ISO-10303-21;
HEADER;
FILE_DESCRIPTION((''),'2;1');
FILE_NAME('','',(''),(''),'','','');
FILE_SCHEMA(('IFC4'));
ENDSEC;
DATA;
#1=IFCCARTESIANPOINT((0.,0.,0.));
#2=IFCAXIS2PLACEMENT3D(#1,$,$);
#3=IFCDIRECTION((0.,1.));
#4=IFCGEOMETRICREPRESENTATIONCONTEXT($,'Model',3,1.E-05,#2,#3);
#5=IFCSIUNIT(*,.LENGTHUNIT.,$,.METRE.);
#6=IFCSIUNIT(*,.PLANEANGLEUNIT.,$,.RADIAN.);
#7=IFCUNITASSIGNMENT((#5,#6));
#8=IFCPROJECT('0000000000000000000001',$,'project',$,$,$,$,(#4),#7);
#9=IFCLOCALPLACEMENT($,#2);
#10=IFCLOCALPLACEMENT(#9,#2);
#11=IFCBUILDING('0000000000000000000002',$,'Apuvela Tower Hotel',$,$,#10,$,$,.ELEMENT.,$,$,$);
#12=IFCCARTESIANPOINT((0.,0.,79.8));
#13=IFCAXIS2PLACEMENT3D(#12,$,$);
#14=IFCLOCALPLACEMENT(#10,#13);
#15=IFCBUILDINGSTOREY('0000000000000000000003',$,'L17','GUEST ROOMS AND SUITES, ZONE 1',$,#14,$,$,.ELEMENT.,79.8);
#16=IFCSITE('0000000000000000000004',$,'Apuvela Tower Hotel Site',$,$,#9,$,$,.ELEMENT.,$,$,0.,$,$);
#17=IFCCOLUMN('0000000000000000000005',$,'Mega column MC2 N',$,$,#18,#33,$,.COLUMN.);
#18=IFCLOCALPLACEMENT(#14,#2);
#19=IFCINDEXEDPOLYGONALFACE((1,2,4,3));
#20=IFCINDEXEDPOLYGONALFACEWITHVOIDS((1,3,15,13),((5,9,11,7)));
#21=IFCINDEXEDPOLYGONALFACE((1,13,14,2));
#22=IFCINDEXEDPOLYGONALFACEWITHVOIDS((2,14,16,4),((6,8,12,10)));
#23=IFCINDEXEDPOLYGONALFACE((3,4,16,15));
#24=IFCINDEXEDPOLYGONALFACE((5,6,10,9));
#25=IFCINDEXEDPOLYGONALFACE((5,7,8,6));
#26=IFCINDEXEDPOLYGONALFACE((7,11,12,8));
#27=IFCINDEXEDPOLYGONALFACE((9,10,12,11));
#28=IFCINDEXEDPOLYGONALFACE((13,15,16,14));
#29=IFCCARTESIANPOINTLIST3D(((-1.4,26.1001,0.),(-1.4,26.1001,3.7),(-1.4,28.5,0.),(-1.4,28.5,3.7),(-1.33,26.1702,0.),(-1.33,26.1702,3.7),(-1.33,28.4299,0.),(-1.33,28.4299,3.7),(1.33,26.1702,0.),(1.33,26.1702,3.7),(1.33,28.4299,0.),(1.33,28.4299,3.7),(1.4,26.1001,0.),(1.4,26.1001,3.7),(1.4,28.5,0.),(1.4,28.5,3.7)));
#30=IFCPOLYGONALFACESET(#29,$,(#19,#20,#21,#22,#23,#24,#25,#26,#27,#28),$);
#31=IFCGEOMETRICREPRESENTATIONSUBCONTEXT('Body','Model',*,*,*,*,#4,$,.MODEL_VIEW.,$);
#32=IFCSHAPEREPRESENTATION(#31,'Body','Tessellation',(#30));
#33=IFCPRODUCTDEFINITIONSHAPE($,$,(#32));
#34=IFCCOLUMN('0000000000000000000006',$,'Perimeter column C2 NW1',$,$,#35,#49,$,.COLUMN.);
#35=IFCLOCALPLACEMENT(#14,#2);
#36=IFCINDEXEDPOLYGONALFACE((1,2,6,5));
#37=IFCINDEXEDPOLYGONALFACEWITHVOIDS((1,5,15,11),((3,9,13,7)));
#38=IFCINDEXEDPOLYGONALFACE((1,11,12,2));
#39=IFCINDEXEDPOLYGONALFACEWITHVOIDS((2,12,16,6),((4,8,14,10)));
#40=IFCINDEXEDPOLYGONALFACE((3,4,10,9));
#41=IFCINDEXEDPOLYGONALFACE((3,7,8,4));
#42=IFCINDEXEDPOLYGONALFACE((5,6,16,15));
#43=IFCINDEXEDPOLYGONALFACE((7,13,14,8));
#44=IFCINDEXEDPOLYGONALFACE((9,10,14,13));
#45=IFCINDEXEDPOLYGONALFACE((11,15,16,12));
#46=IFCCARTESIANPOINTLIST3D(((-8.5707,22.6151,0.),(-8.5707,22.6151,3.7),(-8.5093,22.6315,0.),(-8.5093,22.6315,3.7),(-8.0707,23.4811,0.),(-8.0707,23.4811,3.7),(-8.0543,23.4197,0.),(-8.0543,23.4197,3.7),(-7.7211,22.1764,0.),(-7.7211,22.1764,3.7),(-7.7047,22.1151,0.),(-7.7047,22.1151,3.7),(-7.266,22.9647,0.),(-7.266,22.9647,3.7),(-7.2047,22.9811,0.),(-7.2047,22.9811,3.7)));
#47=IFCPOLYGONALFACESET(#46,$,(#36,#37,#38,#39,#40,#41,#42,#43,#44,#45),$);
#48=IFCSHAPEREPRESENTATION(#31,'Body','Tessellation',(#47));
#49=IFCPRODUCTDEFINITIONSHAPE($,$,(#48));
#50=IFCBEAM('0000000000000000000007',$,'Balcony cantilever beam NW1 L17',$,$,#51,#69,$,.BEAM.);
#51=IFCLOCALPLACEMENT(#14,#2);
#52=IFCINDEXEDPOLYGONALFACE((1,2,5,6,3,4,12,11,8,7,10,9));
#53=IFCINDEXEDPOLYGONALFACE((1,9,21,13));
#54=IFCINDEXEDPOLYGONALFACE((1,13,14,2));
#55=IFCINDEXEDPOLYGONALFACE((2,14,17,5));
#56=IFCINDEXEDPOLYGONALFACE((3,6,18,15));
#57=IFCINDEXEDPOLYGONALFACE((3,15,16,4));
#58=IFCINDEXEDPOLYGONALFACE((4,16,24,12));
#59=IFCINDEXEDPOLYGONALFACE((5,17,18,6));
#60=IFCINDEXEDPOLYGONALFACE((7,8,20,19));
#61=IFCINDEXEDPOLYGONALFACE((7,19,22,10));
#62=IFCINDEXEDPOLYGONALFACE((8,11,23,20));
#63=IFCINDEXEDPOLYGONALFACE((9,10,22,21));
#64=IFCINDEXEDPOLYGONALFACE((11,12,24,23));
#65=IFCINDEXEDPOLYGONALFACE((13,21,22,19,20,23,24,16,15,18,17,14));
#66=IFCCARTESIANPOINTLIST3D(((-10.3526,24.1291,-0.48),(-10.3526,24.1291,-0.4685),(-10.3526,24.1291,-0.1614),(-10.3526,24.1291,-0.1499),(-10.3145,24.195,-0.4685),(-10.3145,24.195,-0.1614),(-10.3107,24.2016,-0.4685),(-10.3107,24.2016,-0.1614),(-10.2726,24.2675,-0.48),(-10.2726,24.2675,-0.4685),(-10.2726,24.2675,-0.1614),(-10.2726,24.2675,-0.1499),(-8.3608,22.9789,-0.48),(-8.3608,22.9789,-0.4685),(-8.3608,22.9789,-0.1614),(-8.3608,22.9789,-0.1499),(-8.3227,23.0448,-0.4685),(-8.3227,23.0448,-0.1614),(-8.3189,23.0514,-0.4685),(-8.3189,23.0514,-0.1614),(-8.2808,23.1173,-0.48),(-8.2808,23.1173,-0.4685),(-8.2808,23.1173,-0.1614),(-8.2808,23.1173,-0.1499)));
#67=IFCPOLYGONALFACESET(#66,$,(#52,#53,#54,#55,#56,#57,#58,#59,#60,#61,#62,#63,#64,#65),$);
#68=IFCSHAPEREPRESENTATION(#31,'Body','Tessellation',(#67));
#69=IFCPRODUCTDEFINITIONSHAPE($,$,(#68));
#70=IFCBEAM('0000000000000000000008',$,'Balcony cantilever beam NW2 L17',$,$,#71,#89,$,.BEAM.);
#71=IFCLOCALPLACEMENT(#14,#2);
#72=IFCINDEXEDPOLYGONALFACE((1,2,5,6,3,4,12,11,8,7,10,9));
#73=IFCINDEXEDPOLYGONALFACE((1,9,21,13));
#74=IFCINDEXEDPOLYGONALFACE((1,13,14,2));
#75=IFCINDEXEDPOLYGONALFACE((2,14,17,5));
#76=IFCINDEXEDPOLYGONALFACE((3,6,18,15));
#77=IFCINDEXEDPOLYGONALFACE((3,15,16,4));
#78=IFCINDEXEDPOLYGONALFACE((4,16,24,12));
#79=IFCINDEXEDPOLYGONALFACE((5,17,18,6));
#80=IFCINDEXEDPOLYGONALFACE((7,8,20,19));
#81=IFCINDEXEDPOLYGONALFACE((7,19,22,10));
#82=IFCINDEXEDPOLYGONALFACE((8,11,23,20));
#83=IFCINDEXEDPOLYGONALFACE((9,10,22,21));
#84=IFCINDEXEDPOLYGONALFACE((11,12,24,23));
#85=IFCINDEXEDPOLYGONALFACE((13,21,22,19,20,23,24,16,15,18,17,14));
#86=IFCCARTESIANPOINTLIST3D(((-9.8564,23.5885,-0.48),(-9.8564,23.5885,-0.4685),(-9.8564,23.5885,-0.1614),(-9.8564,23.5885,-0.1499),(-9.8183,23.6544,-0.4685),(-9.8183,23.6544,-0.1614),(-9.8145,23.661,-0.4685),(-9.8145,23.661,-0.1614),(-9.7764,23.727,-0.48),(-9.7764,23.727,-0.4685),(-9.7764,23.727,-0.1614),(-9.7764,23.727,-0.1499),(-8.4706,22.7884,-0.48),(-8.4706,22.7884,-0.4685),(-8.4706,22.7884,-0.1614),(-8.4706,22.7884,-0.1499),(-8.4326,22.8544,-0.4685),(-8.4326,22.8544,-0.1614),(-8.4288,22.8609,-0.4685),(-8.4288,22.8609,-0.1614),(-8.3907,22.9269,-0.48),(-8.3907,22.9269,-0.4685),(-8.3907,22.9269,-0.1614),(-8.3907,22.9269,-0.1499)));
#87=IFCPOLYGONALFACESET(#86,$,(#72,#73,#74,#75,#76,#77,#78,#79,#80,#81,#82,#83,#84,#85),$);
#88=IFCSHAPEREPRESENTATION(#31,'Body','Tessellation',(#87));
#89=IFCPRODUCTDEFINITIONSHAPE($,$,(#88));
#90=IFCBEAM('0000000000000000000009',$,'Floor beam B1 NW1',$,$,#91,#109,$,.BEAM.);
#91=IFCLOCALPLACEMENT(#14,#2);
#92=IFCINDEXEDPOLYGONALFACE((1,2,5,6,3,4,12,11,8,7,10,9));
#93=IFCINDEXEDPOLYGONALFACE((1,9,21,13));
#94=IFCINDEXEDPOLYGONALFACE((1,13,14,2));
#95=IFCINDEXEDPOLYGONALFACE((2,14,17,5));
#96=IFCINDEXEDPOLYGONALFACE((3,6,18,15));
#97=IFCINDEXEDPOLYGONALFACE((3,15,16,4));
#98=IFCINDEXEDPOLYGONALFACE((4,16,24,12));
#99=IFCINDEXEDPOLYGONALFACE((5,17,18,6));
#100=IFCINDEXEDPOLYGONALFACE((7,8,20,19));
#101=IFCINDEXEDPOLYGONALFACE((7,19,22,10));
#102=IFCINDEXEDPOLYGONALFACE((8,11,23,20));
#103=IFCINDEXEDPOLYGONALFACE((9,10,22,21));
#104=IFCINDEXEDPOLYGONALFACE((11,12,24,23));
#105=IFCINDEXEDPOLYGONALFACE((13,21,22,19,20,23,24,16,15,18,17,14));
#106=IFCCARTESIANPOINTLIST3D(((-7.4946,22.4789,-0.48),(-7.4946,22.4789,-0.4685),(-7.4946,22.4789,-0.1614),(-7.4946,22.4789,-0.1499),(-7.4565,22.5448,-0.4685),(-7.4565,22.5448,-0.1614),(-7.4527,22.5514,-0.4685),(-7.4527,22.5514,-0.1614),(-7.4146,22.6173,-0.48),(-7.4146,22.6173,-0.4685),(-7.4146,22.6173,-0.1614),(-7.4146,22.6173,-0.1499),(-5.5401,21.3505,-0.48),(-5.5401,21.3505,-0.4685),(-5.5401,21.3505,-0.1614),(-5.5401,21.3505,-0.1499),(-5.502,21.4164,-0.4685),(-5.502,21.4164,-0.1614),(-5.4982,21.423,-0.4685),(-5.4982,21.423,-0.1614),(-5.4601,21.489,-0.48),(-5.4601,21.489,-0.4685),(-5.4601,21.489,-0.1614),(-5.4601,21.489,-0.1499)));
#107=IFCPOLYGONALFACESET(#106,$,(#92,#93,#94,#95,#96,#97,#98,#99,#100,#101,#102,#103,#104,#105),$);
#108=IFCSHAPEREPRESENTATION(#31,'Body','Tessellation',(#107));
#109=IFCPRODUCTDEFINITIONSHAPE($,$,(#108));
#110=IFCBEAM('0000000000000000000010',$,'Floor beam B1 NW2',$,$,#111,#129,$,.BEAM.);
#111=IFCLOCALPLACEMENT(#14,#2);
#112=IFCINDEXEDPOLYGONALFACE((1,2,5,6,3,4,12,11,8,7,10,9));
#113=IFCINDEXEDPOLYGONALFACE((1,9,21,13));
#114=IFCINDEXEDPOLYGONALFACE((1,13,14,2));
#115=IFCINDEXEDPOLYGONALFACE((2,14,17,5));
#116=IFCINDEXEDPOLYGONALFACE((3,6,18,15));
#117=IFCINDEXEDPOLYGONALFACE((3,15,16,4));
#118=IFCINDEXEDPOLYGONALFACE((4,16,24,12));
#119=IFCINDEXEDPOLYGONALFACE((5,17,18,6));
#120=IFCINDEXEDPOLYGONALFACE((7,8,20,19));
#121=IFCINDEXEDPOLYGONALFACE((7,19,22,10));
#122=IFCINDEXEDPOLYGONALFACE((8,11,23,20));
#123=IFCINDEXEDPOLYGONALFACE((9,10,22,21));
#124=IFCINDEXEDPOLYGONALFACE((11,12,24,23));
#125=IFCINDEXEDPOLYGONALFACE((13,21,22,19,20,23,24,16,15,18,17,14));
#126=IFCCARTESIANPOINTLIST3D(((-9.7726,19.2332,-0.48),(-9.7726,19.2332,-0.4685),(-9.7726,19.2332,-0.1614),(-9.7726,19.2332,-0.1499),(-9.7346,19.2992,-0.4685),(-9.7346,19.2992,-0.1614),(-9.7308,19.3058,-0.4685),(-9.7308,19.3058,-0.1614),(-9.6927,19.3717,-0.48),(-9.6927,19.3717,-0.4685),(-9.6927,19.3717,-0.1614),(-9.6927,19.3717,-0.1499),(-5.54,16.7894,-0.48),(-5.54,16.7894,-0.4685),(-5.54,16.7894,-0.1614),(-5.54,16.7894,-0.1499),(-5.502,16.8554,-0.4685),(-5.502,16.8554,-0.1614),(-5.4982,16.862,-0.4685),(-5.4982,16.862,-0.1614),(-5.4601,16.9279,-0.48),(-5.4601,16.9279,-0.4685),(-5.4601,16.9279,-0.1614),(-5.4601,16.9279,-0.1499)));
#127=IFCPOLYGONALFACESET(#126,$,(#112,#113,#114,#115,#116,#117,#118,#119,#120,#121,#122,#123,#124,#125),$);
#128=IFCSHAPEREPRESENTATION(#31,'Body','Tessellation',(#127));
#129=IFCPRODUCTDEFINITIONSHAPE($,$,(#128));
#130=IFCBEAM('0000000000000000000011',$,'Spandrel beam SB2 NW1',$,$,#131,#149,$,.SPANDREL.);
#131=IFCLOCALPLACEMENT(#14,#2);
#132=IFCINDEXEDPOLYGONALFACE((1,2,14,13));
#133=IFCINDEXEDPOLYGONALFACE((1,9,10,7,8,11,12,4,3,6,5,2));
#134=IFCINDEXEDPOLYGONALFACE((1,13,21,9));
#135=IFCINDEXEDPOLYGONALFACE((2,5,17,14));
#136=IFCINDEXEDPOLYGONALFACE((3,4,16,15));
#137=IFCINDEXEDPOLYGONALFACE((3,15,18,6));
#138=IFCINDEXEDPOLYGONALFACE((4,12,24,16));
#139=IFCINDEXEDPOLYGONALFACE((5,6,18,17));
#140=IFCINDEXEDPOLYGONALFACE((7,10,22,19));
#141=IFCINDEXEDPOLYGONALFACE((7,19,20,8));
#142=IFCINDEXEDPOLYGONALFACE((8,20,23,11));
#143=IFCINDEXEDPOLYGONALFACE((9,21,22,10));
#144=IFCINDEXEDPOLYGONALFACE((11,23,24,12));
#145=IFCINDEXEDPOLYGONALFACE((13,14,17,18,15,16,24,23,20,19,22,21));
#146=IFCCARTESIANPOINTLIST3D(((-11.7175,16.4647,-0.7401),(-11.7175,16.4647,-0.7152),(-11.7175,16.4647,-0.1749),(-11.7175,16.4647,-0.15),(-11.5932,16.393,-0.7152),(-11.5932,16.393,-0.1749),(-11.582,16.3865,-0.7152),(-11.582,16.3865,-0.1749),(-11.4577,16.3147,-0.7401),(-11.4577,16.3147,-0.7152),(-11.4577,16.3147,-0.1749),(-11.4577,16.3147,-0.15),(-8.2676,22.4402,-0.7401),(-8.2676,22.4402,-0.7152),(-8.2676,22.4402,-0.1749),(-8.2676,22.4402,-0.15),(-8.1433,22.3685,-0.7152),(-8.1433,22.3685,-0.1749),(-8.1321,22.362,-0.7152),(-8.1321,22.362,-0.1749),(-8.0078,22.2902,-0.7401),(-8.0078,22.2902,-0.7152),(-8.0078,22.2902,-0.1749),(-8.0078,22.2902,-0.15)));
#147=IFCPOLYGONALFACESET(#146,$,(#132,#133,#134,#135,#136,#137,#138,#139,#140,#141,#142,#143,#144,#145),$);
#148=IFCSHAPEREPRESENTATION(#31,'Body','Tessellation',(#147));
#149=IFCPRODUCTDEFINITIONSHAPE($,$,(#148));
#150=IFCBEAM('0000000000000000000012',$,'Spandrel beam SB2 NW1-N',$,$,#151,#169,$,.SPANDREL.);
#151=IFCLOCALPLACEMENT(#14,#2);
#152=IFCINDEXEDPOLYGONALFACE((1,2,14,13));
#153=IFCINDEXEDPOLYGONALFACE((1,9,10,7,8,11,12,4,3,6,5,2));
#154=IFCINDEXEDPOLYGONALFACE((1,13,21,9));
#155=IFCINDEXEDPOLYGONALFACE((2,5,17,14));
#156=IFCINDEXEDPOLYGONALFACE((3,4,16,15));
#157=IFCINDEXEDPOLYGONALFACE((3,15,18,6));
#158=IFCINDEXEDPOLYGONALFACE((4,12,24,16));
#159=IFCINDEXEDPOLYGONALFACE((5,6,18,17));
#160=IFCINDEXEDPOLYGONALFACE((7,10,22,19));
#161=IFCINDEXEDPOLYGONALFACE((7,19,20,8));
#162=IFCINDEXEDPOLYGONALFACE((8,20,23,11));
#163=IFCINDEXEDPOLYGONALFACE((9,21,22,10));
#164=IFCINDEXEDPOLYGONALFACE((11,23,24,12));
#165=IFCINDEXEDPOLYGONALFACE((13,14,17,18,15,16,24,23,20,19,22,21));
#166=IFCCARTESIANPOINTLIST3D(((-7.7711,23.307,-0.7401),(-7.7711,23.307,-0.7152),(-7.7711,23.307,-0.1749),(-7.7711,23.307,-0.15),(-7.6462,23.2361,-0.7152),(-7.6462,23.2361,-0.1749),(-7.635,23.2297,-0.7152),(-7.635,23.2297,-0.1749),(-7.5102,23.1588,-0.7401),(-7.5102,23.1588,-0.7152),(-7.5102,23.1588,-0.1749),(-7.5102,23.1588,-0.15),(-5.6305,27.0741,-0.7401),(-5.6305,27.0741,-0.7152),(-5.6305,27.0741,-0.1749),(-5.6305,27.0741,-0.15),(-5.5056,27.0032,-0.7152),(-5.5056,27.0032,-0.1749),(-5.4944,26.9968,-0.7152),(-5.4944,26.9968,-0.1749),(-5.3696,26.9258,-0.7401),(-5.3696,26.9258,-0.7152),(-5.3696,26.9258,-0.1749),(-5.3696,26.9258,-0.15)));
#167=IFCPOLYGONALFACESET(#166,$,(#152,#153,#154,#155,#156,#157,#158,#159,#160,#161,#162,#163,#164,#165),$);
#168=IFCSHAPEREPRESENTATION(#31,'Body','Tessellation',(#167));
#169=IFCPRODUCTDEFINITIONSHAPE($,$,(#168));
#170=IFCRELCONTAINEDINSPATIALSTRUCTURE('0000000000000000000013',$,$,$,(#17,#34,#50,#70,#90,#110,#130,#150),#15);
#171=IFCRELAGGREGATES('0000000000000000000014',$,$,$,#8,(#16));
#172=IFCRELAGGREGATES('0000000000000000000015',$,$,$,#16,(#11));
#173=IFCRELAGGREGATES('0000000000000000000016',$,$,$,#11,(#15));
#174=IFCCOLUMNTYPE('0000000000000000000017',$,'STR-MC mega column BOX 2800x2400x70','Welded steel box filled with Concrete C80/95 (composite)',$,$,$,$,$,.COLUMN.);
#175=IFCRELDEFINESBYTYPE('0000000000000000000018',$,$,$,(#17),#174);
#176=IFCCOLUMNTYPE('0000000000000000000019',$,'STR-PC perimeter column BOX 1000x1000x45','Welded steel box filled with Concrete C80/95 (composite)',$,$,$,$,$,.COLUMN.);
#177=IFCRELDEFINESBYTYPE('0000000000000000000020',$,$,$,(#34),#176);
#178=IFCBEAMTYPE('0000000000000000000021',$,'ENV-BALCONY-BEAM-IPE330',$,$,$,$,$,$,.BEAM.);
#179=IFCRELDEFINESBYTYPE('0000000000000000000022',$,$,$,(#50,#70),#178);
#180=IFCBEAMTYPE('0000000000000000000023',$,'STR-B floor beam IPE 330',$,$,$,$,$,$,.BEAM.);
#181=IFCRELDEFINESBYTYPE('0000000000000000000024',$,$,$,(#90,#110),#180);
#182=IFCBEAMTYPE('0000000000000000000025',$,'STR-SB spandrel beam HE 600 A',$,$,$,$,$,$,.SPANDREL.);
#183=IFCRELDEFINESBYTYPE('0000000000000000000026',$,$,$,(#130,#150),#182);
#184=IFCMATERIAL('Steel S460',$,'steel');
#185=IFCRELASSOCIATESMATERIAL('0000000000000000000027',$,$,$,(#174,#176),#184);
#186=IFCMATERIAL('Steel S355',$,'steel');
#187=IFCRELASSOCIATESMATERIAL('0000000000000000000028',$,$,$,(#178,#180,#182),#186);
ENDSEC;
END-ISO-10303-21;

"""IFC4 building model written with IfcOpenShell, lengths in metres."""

from ifc_helpers import new_model, si_unit, direction, frame, origin, origin_2d, place, context, subcontext, project, spatial, rectangle, hollow_rectangle, i_section, extrude, material, material_profile, profile_set, type_object, element, save


model = new_model("IFC4")

# Units and contexts
model_context = context("Model", 3, precision=1e-05, world=origin(), true_north=direction((0.0, 1.0)))
body_context = subcontext(model_context, "Body", "Model", "MODEL_VIEW")
ifc_project = project(units=[si_unit("LENGTHUNIT", "METRE"), si_unit("PLANEANGLEUNIT", "RADIAN")], contexts=[model_context])

# Site, building, storey
site_placement = place(None, origin())
site = spatial("IfcSite", under=ifc_project, at=site_placement, Name="Apuvela Tower Hotel Site", CompositionType="ELEMENT", RefElevation=0.0)
building_placement = place(site_placement, origin())
building = spatial("IfcBuilding", under=site, at=building_placement, Name="Apuvela Tower Hotel", CompositionType="ELEMENT")
storey_placement = place(building_placement, frame((0.0, 0.0, 79.8)))
storey = spatial("IfcBuildingStorey", under=building, at=storey_placement, Name="L17", Description="GUEST ROOMS AND SUITES, ZONE 1", CompositionType="ELEMENT", Elevation=79.8)

# Columns
ifc_material_1 = material(Name="Steel S460", Category="steel")
ifc_material_profile_1 = material_profile(ifc_material_1, hollow_rectangle(XDim=2.8, YDim=2.3999, WallThickness=0.0701, at=origin_2d()), Name="BOX 2800x2400x70")
ifc_material_2 = material(Name="Concrete C80/95", Category="concrete")
ifc_material_profile_2 = material_profile(ifc_material_2, rectangle(XDim=2.6599, YDim=2.26, at=origin_2d()), Name="Concrete C80/95 infill")
ifc_profile_set_1 = profile_set([ifc_material_profile_1, ifc_material_profile_2], Name="Steel S460")
column_type_1 = type_object("IfcColumnType", Name="STR-MC mega column BOX 2800x2400x70", Description="Welded steel box filled with Concrete C80/95 (composite)", PredefinedType="COLUMN", material=ifc_profile_set_1)
column_1_placement = place(storey_placement, frame((0.0, 27.3, 0.0), z_axis=(0.0, 0.0, 1.0), x_axis=(1.0, 0.0, 0.0)))
element("IfcColumn", 1, at=column_1_placement, inside=storey, type_object=column_type_1, Name="Mega column MC2 N", PredefinedType="COLUMN", context=body_context, shape_type="SweptSolid", body=[
    extrude(hollow_rectangle(XDim=2.8, YDim=2.3999, WallThickness=0.0701, at=origin_2d()), origin(), (0.0, 0.0, 1.0), 3.7),
])
ifc_material_profile_3 = material_profile(ifc_material_1, hollow_rectangle(XDim=1.0, YDim=1.0, WallThickness=0.0449, at=origin_2d()), Name="BOX 1000x1000x45")
ifc_material_profile_4 = material_profile(ifc_material_2, rectangle(XDim=0.9099, YDim=0.9099, at=origin_2d()), Name="Concrete C80/95 infill")
ifc_profile_set_2 = profile_set([ifc_material_profile_3, ifc_material_profile_4], Name="Steel S460")
column_type_2 = type_object("IfcColumnType", Name="STR-PC perimeter column BOX 1000x1000x45", Description="Welded steel box filled with Concrete C80/95 (composite)", PredefinedType="COLUMN", material=ifc_profile_set_2)
column_2_placement = place(storey_placement, frame((-7.8877, 22.7981, 0.0), z_axis=(0.0, 0.0, 1.0), x_axis=(0.5, 0.866025, 0.0)))
element("IfcColumn", 2, at=column_2_placement, inside=storey, type_object=column_type_2, Name="Perimeter column C2 NW1", PredefinedType="COLUMN", context=body_context, shape_type="SweptSolid", body=[
    extrude(hollow_rectangle(XDim=1.0, YDim=1.0, WallThickness=0.0449, at=origin_2d()), origin(), (0.0, 0.0, 1.0), 3.7),
])

# Beams
ifc_material_3 = material(Name="Steel S355", Category="steel")
ifc_material_profile_5 = material_profile(ifc_material_3, i_section(OverallWidth=0.1599, OverallDepth=0.3301, WebThickness=0.0076, FlangeThickness=0.0115, at=origin_2d()), Name="IPE 330")
ifc_profile_set_3 = profile_set([ifc_material_profile_5], Name="Steel S355")
beam_type_1 = type_object("IfcBeamType", Name="ENV-BALCONY-BEAM-IPE330", PredefinedType="BEAM", material=ifc_profile_set_3)
beam_1_placement = place(storey_placement, frame((-8.3208, 23.0481, -0.3149), z_axis=(-0.865981, 0.500078, 0.0), x_axis=(-0.500078, -0.865981, 0.0)))
element("IfcBeam", 3, at=beam_1_placement, inside=storey, type_object=beam_type_1, Name="Balcony cantilever beam NW1 L17", PredefinedType="BEAM", context=body_context, shape_type="SweptSolid", body=[
    extrude(i_section(OverallWidth=0.1599, OverallDepth=0.3301, WebThickness=0.0076, FlangeThickness=0.0115, at=origin_2d()), origin(), (0.0, 0.0, 1.0), 2.3),
])
beam_2_placement = place(storey_placement, frame((-8.4307, 22.8577, -0.3149), z_axis=(-0.866028, 0.499995, 0.0), x_axis=(-0.499995, -0.866028, 0.0)))
element("IfcBeam", 4, at=beam_2_placement, inside=storey, type_object=beam_type_1, Name="Balcony cantilever beam NW2 L17", PredefinedType="BEAM", context=body_context, shape_type="SweptSolid", body=[
    extrude(i_section(OverallWidth=0.1599, OverallDepth=0.3301, WebThickness=0.0076, FlangeThickness=0.0115, at=origin_2d()), origin(), (0.0, 0.0, 1.0), 1.6001),
])
ifc_material_profile_6 = material_profile(ifc_material_3, i_section(OverallWidth=0.1599, OverallDepth=0.3301, WebThickness=0.0076, FlangeThickness=0.0115, at=origin_2d()), Name="IPE 330")
ifc_profile_set_4 = profile_set([ifc_material_profile_6], Name="Steel S355")
beam_type_2 = type_object("IfcBeamType", Name="STR-B floor beam IPE 330", PredefinedType="BEAM", material=ifc_profile_set_4)
beam_3_placement = place(storey_placement, frame((-7.4546, 22.5481, -0.3149), z_axis=(0.866038, -0.499978, 0.0), x_axis=(0.499978, 0.866038, 0.0)))
element("IfcBeam", 5, at=beam_3_placement, inside=storey, type_object=beam_type_2, Name="Floor beam B1 NW1", PredefinedType="BEAM", context=body_context, shape_type="SweptSolid", body=[
    extrude(i_section(OverallWidth=0.1599, OverallDepth=0.3301, WebThickness=0.0076, FlangeThickness=0.0115, at=origin_2d()), origin(), (0.0, 0.0, 1.0), 2.2568),
])
beam_4_placement = place(storey_placement, frame((-9.7327, 19.3025, -0.3149), z_axis=(0.866015, -0.500018, 0.0), x_axis=(0.500018, 0.866015, 0.0)))
element("IfcBeam", 6, at=beam_4_placement, inside=storey, type_object=beam_type_2, Name="Floor beam B1 NW2", PredefinedType="BEAM", context=body_context, shape_type="SweptSolid", body=[
    extrude(i_section(OverallWidth=0.1599, OverallDepth=0.3301, WebThickness=0.0076, FlangeThickness=0.0115, at=origin_2d()), origin(), (0.0, 0.0, 1.0), 4.8875),
])
ifc_material_profile_7 = material_profile(ifc_material_3, i_section(OverallWidth=0.3, OverallDepth=0.5901, WebThickness=0.0129, FlangeThickness=0.0249, at=origin_2d()), Name="HE 600 A")
ifc_profile_set_5 = profile_set([ifc_material_profile_7], Name="Steel S355")
beam_type_3 = type_object("IfcBeamType", Name="STR-SB spandrel beam HE 600 A", PredefinedType="SPANDREL", material=ifc_profile_set_5)
beam_5_placement = place(storey_placement, frame((-8.1377, 22.3652, -0.4451), z_axis=(-0.499994, -0.866029, 0.0), x_axis=(0.866029, -0.499994, 0.0)))
element("IfcBeam", 7, at=beam_5_placement, inside=storey, type_object=beam_type_3, Name="Spandrel beam SB2 NW1", PredefinedType="SPANDREL", context=body_context, shape_type="SweptSolid", body=[
    extrude(i_section(OverallWidth=0.3, OverallDepth=0.5901, WebThickness=0.0129, FlangeThickness=0.0249, at=origin_2d()), origin(), (0.0, 0.0, 1.0), 6.8999),
])
beam_6_placement = place(storey_placement, frame((-7.6406, 23.2329, -0.4451), z_axis=(0.49405, 0.869433, 0.0), x_axis=(-0.869433, 0.49405, 0.0)))
element("IfcBeam", 8, at=beam_6_placement, inside=storey, type_object=beam_type_3, Name="Spandrel beam SB2 NW1-N", PredefinedType="SPANDREL", context=body_context, shape_type="SweptSolid", body=[
    extrude(i_section(OverallWidth=0.3, OverallDepth=0.5901, WebThickness=0.0129, FlangeThickness=0.0249, at=origin_2d()), origin(), (0.0, 0.0, 1.0), 4.3328),
])

save(model, "model.ifc")
